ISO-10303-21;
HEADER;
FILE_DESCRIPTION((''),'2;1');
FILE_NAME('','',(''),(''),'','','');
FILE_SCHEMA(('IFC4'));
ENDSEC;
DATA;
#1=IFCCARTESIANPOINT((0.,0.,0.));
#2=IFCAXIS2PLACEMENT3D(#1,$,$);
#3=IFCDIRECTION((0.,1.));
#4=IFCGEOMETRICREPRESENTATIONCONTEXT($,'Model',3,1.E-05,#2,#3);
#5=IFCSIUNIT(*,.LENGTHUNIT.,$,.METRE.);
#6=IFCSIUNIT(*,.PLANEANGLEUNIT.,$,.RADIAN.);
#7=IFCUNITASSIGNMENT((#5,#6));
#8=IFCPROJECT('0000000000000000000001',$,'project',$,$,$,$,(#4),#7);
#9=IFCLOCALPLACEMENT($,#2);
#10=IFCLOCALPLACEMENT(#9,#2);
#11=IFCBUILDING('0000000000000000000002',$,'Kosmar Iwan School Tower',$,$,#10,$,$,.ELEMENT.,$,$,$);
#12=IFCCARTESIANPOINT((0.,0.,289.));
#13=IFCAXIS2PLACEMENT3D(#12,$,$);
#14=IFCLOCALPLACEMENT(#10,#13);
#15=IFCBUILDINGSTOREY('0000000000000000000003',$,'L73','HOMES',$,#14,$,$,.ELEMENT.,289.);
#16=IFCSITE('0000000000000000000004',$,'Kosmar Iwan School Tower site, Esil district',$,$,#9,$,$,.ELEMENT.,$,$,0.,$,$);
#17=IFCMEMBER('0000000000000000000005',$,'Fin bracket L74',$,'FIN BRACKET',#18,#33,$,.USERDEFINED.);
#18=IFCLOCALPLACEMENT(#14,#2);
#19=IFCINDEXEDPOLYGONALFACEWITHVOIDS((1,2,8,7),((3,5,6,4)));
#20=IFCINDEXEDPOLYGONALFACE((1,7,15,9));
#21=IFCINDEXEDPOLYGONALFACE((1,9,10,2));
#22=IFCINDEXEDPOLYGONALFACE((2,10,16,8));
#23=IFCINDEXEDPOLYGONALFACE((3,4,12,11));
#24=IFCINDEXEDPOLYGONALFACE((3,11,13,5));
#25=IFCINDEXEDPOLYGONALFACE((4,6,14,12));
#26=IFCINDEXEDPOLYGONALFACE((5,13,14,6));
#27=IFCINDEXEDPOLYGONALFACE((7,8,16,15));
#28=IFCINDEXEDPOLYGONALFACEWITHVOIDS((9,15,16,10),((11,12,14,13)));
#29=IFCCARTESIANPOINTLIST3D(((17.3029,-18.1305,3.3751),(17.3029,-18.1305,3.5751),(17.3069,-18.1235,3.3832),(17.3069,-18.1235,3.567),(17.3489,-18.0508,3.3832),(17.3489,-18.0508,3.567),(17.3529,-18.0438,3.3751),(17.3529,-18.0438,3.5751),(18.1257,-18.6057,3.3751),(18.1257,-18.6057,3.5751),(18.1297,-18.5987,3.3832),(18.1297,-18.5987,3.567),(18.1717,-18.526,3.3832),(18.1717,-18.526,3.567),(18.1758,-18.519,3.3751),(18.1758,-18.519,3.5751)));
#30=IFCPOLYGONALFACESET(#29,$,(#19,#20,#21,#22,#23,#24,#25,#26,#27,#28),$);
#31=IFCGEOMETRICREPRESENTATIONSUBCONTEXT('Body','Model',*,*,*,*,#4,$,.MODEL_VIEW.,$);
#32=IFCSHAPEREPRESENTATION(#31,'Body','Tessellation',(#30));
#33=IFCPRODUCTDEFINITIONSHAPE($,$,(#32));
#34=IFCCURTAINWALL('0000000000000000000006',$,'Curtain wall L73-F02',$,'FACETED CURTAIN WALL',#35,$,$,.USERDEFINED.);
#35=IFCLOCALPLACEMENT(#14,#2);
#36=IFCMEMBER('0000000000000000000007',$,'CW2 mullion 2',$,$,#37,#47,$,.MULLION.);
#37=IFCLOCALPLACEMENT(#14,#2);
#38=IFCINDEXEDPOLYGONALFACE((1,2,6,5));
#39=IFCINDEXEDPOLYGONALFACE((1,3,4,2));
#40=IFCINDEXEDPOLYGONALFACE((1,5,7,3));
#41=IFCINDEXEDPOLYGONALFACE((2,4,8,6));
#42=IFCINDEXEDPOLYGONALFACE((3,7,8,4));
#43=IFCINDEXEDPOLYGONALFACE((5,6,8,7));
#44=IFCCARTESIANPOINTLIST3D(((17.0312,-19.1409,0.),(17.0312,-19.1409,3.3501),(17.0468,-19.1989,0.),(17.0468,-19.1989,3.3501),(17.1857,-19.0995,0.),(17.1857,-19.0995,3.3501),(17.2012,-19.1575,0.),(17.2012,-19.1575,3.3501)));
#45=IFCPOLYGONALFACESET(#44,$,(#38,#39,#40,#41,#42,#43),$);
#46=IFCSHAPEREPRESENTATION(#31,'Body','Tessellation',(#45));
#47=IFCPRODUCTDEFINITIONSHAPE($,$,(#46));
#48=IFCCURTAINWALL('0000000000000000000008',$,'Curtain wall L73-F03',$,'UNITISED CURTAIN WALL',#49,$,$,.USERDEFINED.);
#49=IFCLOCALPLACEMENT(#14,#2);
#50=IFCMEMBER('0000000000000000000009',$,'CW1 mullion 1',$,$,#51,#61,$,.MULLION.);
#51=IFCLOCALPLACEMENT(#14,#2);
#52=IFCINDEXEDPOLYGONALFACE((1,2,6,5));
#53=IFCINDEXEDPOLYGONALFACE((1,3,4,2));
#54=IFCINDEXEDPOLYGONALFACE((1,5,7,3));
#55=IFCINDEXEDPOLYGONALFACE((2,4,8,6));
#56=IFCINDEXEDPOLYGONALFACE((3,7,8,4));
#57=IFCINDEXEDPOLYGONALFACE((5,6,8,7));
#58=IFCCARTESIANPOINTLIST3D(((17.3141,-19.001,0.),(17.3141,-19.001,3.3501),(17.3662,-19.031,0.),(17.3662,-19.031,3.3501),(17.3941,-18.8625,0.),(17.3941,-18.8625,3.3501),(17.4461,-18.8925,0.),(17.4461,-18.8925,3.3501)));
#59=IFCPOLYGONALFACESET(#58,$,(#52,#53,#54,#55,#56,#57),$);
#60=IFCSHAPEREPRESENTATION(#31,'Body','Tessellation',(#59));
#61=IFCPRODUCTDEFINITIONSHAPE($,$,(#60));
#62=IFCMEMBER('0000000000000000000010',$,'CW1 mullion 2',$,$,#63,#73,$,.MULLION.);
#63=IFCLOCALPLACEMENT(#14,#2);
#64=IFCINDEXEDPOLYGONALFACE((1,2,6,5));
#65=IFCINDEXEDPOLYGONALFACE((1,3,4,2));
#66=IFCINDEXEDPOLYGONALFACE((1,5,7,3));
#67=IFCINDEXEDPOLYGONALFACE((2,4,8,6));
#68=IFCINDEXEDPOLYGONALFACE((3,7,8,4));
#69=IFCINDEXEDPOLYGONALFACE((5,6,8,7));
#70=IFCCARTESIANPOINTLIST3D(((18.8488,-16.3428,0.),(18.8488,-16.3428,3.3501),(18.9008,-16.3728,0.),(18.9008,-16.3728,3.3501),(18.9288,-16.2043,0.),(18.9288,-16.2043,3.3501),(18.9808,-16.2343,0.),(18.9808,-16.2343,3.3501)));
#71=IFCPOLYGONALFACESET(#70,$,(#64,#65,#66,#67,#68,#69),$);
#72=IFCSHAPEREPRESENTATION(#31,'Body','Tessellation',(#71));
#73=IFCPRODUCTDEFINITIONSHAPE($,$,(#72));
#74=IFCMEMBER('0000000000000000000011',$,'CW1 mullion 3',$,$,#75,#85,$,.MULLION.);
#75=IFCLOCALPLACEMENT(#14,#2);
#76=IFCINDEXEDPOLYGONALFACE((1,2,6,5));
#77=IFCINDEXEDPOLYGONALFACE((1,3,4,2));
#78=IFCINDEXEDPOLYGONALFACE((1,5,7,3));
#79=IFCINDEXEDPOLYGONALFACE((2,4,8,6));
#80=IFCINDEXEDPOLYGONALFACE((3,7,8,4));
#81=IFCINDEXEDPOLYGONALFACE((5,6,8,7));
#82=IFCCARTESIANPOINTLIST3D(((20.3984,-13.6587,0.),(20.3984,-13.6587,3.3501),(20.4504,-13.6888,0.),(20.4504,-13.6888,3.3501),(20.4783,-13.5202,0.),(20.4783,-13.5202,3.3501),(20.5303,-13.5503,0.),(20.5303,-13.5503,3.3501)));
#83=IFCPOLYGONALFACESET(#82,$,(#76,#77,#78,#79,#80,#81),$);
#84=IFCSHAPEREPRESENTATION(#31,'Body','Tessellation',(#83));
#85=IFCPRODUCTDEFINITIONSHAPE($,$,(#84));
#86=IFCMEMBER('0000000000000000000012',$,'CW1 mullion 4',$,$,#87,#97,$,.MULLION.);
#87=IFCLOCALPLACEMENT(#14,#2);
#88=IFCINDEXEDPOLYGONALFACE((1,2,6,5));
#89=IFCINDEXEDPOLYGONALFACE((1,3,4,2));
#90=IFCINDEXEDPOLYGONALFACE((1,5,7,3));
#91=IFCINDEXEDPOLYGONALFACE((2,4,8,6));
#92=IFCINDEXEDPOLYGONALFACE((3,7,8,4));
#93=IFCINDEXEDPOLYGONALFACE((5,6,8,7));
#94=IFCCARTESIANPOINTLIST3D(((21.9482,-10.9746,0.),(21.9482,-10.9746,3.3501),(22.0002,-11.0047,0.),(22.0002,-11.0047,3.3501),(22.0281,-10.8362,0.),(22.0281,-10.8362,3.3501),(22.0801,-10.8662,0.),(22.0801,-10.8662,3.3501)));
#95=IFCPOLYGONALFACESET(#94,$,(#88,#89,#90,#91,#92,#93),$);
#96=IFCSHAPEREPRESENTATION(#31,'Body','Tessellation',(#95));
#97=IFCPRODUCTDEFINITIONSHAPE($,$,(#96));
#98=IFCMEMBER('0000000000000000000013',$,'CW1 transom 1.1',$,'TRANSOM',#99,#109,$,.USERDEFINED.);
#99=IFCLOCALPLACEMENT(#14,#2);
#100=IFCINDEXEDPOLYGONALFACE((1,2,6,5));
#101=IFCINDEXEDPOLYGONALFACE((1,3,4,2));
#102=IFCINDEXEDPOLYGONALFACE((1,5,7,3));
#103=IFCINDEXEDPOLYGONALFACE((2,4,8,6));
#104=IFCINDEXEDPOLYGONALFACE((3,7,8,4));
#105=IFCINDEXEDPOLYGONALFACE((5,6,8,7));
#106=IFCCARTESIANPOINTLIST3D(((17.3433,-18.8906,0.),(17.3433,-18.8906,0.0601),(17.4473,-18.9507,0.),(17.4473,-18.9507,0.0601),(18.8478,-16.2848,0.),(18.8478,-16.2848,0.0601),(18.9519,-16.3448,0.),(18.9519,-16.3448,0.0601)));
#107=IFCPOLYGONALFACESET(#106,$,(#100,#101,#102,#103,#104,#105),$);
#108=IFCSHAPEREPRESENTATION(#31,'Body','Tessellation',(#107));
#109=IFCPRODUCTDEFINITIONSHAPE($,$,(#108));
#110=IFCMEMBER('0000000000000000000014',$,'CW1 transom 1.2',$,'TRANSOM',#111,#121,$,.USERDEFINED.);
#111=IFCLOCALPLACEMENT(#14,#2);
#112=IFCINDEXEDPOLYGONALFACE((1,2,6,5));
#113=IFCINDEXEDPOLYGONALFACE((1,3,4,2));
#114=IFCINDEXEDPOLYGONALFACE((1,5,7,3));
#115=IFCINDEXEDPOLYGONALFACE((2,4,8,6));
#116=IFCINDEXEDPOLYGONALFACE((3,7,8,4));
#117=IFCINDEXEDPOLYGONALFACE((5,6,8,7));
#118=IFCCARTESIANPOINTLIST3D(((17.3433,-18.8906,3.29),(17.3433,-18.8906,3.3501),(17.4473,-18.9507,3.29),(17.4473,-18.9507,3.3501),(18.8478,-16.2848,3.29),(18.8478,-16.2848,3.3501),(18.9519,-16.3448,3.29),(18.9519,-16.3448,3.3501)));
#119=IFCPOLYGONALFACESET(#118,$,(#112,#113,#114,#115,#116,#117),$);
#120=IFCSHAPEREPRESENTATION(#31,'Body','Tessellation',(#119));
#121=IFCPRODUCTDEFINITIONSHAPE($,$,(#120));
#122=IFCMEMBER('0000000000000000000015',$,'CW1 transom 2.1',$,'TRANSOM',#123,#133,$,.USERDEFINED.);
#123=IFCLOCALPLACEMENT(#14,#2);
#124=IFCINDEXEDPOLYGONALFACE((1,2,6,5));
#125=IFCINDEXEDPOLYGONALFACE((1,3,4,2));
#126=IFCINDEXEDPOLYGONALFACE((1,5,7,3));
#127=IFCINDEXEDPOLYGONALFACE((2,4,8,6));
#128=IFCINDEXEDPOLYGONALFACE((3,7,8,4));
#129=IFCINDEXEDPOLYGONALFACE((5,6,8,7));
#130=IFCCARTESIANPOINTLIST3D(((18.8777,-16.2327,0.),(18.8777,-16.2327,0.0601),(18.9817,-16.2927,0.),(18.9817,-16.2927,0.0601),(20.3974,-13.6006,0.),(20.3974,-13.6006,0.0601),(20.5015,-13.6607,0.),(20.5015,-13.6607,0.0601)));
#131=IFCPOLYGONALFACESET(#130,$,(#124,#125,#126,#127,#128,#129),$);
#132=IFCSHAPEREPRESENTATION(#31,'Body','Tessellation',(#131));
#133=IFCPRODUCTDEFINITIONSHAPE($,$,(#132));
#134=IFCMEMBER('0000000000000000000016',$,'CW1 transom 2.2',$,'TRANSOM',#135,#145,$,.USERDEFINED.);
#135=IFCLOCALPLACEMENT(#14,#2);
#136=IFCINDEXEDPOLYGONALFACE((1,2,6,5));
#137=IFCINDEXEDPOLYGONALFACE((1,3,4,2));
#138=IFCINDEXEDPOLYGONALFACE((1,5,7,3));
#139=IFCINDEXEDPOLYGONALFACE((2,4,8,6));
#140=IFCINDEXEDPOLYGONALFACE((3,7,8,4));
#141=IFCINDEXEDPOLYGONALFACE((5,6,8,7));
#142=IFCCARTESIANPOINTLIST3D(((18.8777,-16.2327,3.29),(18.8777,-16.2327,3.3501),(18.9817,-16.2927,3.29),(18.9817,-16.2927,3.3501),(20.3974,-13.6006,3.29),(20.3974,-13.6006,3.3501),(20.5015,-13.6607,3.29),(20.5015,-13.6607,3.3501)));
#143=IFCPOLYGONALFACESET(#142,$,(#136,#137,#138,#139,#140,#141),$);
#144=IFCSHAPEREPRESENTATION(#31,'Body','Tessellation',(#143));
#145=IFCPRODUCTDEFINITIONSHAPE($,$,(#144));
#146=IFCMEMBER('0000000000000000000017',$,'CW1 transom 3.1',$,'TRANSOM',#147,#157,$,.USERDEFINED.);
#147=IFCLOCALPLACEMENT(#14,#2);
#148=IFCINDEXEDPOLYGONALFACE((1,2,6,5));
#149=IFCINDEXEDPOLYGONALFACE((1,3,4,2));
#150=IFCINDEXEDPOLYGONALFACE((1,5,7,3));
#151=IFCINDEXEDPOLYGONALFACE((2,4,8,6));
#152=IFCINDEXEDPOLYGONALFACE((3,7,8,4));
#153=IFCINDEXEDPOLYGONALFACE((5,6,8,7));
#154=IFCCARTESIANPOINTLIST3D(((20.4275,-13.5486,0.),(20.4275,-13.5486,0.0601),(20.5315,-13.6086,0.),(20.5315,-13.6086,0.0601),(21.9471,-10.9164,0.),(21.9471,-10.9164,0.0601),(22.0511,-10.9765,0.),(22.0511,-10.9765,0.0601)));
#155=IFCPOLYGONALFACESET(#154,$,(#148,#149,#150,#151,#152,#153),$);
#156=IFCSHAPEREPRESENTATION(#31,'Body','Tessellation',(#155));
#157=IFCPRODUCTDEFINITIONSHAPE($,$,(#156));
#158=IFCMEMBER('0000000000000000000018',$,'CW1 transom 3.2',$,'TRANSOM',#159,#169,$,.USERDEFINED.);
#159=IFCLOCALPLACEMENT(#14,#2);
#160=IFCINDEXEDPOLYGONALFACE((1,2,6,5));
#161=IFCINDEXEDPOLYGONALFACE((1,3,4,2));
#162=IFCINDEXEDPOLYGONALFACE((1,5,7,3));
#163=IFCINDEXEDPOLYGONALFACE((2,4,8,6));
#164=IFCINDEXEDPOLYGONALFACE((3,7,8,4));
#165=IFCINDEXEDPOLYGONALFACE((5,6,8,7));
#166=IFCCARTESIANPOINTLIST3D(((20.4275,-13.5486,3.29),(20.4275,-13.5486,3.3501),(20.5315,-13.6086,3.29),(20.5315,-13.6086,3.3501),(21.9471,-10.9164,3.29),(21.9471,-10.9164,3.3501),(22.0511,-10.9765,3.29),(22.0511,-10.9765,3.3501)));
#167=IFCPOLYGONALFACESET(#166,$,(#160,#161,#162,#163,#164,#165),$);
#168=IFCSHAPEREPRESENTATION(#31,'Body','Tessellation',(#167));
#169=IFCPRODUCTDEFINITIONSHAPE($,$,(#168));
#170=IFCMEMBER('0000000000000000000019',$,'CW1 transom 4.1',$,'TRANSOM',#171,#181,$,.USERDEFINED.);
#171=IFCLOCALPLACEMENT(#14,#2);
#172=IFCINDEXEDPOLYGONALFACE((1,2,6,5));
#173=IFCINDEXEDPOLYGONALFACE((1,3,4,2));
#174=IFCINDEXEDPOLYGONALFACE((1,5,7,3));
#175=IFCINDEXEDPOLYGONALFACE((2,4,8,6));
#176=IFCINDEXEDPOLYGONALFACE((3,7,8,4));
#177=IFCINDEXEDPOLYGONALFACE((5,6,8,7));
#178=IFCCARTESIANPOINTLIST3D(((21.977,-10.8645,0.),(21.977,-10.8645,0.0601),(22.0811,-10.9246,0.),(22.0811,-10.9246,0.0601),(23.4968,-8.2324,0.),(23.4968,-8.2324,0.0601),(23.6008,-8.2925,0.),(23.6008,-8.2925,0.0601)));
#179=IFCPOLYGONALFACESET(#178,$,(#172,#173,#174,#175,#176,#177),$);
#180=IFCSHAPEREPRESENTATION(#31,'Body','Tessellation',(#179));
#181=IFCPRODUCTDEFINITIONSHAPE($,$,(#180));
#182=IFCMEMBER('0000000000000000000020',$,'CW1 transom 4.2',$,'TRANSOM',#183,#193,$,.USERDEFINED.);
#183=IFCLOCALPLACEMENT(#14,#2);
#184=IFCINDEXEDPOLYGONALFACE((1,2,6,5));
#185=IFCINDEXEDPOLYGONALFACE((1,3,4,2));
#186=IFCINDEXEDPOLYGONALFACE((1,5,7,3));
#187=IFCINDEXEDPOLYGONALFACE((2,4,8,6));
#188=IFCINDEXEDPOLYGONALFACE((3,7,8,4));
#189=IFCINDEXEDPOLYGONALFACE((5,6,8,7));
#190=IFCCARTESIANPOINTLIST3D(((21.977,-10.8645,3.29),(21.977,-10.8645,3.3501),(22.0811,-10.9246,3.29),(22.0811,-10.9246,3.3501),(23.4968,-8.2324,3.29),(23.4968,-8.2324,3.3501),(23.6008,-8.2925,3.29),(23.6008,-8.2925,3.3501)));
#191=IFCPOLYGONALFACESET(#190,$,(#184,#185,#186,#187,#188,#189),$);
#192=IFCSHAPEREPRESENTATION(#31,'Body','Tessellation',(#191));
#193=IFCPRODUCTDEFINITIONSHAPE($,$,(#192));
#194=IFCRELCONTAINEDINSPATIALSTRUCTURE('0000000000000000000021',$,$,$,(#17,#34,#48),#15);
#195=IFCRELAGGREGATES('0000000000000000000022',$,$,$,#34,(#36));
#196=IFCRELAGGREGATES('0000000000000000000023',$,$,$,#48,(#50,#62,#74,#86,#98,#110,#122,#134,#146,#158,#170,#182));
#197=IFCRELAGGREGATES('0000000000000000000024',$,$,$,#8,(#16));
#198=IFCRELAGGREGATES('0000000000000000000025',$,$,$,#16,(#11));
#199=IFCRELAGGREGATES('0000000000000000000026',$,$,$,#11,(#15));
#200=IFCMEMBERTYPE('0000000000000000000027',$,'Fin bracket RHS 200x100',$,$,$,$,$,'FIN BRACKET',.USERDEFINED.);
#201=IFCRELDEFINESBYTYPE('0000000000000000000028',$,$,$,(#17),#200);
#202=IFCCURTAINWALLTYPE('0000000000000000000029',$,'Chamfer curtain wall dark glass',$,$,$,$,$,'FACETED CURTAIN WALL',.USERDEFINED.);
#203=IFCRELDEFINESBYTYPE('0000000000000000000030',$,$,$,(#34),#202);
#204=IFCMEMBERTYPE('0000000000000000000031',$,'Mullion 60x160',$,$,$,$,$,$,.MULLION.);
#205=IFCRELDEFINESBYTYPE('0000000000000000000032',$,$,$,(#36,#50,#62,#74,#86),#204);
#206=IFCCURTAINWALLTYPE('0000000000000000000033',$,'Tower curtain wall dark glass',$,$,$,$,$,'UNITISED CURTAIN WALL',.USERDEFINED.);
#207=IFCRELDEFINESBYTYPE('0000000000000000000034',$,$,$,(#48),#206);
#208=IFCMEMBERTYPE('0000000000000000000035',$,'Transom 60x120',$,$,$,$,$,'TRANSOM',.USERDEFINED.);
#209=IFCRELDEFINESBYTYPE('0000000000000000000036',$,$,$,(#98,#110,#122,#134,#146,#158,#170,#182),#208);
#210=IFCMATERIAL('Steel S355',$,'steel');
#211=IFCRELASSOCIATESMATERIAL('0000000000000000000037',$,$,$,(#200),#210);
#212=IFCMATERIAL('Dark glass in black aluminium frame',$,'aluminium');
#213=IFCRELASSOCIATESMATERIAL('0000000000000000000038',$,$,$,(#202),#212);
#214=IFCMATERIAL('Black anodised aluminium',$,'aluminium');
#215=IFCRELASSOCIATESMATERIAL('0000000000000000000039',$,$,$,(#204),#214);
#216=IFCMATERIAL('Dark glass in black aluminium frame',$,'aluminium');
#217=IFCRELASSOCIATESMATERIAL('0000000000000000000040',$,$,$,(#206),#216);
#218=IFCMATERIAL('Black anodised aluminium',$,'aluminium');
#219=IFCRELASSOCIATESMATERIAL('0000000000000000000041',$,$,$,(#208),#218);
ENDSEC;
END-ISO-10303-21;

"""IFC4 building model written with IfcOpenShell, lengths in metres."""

from ifc_helpers import new_model, si_unit, direction, frame, origin, origin_2d, place, context, subcontext, project, spatial, rectangle, hollow_rectangle, extrude, material, material_profile, profile_set, type_object, element, aggregate, save


model = new_model("IFC4")

# Units and contexts
model_context = context("Model", 3, precision=1e-05, world=origin(), true_north=direction((0.0, 1.0)))
body_context = subcontext(model_context, "Body", "Model", "MODEL_VIEW")
ifc_project = project(units=[si_unit("LENGTHUNIT", "METRE"), si_unit("PLANEANGLEUNIT", "RADIAN")], contexts=[model_context])

# Site, building, storey
site_placement = place(None, origin())
site = spatial("IfcSite", under=ifc_project, at=site_placement, Name="Kosmar Iwan School Tower site, Esil district", CompositionType="ELEMENT", RefElevation=0.0)
building_placement = place(site_placement, origin())
building = spatial("IfcBuilding", under=site, at=building_placement, Name="Kosmar Iwan School Tower", CompositionType="ELEMENT")
storey_placement = place(building_placement, frame((0.0, 0.0, 289.0)))
storey = spatial("IfcBuildingStorey", under=building, at=storey_placement, Name="L73", Description="HOMES", CompositionType="ELEMENT", Elevation=289.0)

# Member
ifc_material_1 = material(Name="Steel S355", Category="steel")
ifc_material_profile_1 = material_profile(ifc_material_1, hollow_rectangle(XDim=0.1001, YDim=0.2, WallThickness=0.0081, at=origin_2d()), Name="RHS 200x100x8")
ifc_profile_set_1 = profile_set([ifc_material_profile_1], Name="Steel S355")
member_type_1 = type_object("IfcMemberType", Name="Fin bracket RHS 200x100", ElementType="FIN BRACKET", PredefinedType="USERDEFINED", material=ifc_profile_set_1)
member_1_placement = place(storey_placement, frame((17.3279, -18.0872, 3.4751), z_axis=(0.865989, -0.500064, 0.0), x_axis=(0.500064, 0.865989, 0.0)))
element("IfcMember", 1, at=member_1_placement, inside=storey, type_object=member_type_1, Name="Fin bracket L74", ObjectType="FIN BRACKET", PredefinedType="USERDEFINED", context=body_context, shape_type="SweptSolid", body=[
    extrude(hollow_rectangle(XDim=0.1001, YDim=0.2, WallThickness=0.0081, at=origin_2d()), origin(), (0.0, 0.0, 1.0), 0.9502),
])

# Curtain wall, member
ifc_material_2 = material(Name="Dark glass in black aluminium frame", Category="aluminium")
curtain_wall_type_1 = type_object("IfcCurtainWallType", Name="Chamfer curtain wall dark glass", ElementType="FACETED CURTAIN WALL", PredefinedType="USERDEFINED", material=ifc_material_2)
curtain_wall_1_placement = place(storey_placement, origin())
curtain_wall_1 = element("IfcCurtainWall", 2, at=curtain_wall_1_placement, inside=storey, type_object=curtain_wall_type_1, Name="Curtain wall L73-F02", ObjectType="FACETED CURTAIN WALL", PredefinedType="USERDEFINED")
ifc_material_3 = material(Name="Black anodised aluminium", Category="aluminium")
ifc_material_profile_2 = material_profile(ifc_material_3, rectangle(XDim=0.0601, YDim=0.1599, at=origin_2d()), Name="MULLION 60x160")
ifc_profile_set_2 = profile_set([ifc_material_profile_2], Name="Black anodised aluminium")
member_type_2 = type_object("IfcMemberType", Name="Mullion 60x160", PredefinedType="MULLION", material=ifc_profile_set_2)
member_2_placement = place(storey_placement, frame((17.1162, -19.1492, 0.0), z_axis=(0.0, 0.0, 1.0), x_axis=(-0.258819, 0.965926, 0.0)))
member_2 = element("IfcMember", 3, at=member_2_placement, type_object=member_type_2, Name="CW2 mullion 2", PredefinedType="MULLION", context=body_context, shape_type="SweptSolid", body=[
    extrude(rectangle(XDim=0.0601, YDim=0.1599, at=origin_2d()), origin(), (0.0, 0.0, 1.0), 3.3501),
])
aggregate(curtain_wall_1, [member_2])

# Curtain wall, members
ifc_material_4 = material(Name="Dark glass in black aluminium frame", Category="aluminium")
curtain_wall_type_2 = type_object("IfcCurtainWallType", Name="Tower curtain wall dark glass", ElementType="UNITISED CURTAIN WALL", PredefinedType="USERDEFINED", material=ifc_material_4)
curtain_wall_2_placement = place(storey_placement, origin())
curtain_wall_2 = element("IfcCurtainWall", 4, at=curtain_wall_2_placement, inside=storey, type_object=curtain_wall_type_2, Name="Curtain wall L73-F03", ObjectType="UNITISED CURTAIN WALL", PredefinedType="USERDEFINED")
member_3_placement = place(storey_placement, frame((17.3801, -18.9468, 0.0), z_axis=(0.0, 0.0, 1.0), x_axis=(-0.866025, 0.5, 0.0)))
member_3 = element("IfcMember", 5, at=member_3_placement, type_object=member_type_2, Name="CW1 mullion 1", PredefinedType="MULLION", context=body_context, shape_type="SweptSolid", body=[
    extrude(rectangle(XDim=0.0601, YDim=0.1599, at=origin_2d()), origin(), (0.0, 0.0, 1.0), 3.3501),
])
member_4_placement = place(storey_placement, frame((18.9148, -16.2886, 0.0), z_axis=(0.0, 0.0, 1.0), x_axis=(-0.866025, 0.5, 0.0)))
member_4 = element("IfcMember", 6, at=member_4_placement, type_object=member_type_2, Name="CW1 mullion 2", PredefinedType="MULLION", context=body_context, shape_type="SweptSolid", body=[
    extrude(rectangle(XDim=0.0601, YDim=0.1599, at=origin_2d()), origin(), (0.0, 0.0, 1.0), 3.3501),
])
member_5_placement = place(storey_placement, frame((20.4644, -13.6045, 0.0), z_axis=(0.0, 0.0, 1.0), x_axis=(-0.866025, 0.5, 0.0)))
member_5 = element("IfcMember", 7, at=member_5_placement, type_object=member_type_2, Name="CW1 mullion 3", PredefinedType="MULLION", context=body_context, shape_type="SweptSolid", body=[
    extrude(rectangle(XDim=0.0601, YDim=0.1599, at=origin_2d()), origin(), (0.0, 0.0, 1.0), 3.3501),
])
member_6_placement = place(storey_placement, frame((22.0142, -10.9204, 0.0), z_axis=(0.0, 0.0, 1.0), x_axis=(-0.866025, 0.5, 0.0)))
member_6 = element("IfcMember", 8, at=member_6_placement, type_object=member_type_2, Name="CW1 mullion 4", PredefinedType="MULLION", context=body_context, shape_type="SweptSolid", body=[
    extrude(rectangle(XDim=0.0601, YDim=0.1599, at=origin_2d()), origin(), (0.0, 0.0, 1.0), 3.3501),
])
ifc_material_5 = material(Name="Black anodised aluminium", Category="aluminium")
ifc_material_profile_3 = material_profile(ifc_material_5, rectangle(XDim=0.1201, YDim=0.0601, at=origin_2d()), Name="TRANSOM 60x120")
ifc_profile_set_3 = profile_set([ifc_material_profile_3], Name="Black anodised aluminium")
member_type_3 = type_object("IfcMemberType", Name="Transom 60x120", ElementType="TRANSOM", PredefinedType="USERDEFINED", material=ifc_profile_set_3)
member_7_placement = place(storey_placement, frame((17.3953, -18.9207, 0.03), z_axis=(0.500022, 0.866013, 0.0), x_axis=(-0.866013, 0.500022, 0.0)))
member_7 = element("IfcMember", 9, at=member_7_placement, type_object=member_type_3, Name="CW1 transom 1.1", ObjectType="TRANSOM", PredefinedType="USERDEFINED", context=body_context, shape_type="SweptSolid", body=[
    extrude(rectangle(XDim=0.1201, YDim=0.0601, at=origin_2d()), origin(), (0.0, 0.0, 1.0), 3.009),
])
member_8_placement = place(storey_placement, frame((17.3953, -18.9207, 3.3201), z_axis=(0.500022, 0.866013, 0.0), x_axis=(-0.866013, 0.500022, 0.0)))
member_8 = element("IfcMember", 10, at=member_8_placement, type_object=member_type_3, Name="CW1 transom 1.2", ObjectType="TRANSOM", PredefinedType="USERDEFINED", context=body_context, shape_type="SweptSolid", body=[
    extrude(rectangle(XDim=0.1201, YDim=0.0601, at=origin_2d()), origin(), (0.0, 0.0, 1.0), 3.009),
])
member_9_placement = place(storey_placement, frame((18.9297, -16.2627, 0.03), z_axis=(0.500035, 0.866005, 0.0), x_axis=(-0.866005, 0.500035, 0.0)))
member_9 = element("IfcMember", 11, at=member_9_placement, type_object=member_type_3, Name="CW1 transom 2.1", ObjectType="TRANSOM", PredefinedType="USERDEFINED", context=body_context, shape_type="SweptSolid", body=[
    extrude(rectangle(XDim=0.1201, YDim=0.0601, at=origin_2d()), origin(), (0.0, 0.0, 1.0), 3.0393),
])
member_10_placement = place(storey_placement, frame((18.9297, -16.2627, 3.3201), z_axis=(0.500035, 0.866005, 0.0), x_axis=(-0.866005, 0.500035, 0.0)))
member_10 = element("IfcMember", 12, at=member_10_placement, type_object=member_type_3, Name="CW1 transom 2.2", ObjectType="TRANSOM", PredefinedType="USERDEFINED", context=body_context, shape_type="SweptSolid", body=[
    extrude(rectangle(XDim=0.1201, YDim=0.0601, at=origin_2d()), origin(), (0.0, 0.0, 1.0), 3.0393),
])
member_11_placement = place(storey_placement, frame((20.4795, -13.5786, 0.03), z_axis=(0.499975, 0.86604, 0.0), x_axis=(-0.86604, 0.499975, 0.0)))
member_11 = element("IfcMember", 13, at=member_11_placement, type_object=member_type_3, Name="CW1 transom 3.1", ObjectType="TRANSOM", PredefinedType="USERDEFINED", context=body_context, shape_type="SweptSolid", body=[
    extrude(rectangle(XDim=0.1201, YDim=0.0601, at=origin_2d()), origin(), (0.0, 0.0, 1.0), 3.0393),
])
member_12_placement = place(storey_placement, frame((20.4795, -13.5786, 3.3201), z_axis=(0.499975, 0.86604, 0.0), x_axis=(-0.86604, 0.499975, 0.0)))
member_12 = element("IfcMember", 14, at=member_12_placement, type_object=member_type_3, Name="CW1 transom 3.2", ObjectType="TRANSOM", PredefinedType="USERDEFINED", context=body_context, shape_type="SweptSolid", body=[
    extrude(rectangle(XDim=0.1201, YDim=0.0601, at=origin_2d()), origin(), (0.0, 0.0, 1.0), 3.0393),
])
member_13_placement = place(storey_placement, frame((22.0291, -10.8945, 0.03), z_axis=(0.500035, 0.866005, 0.0), x_axis=(-0.866005, 0.500035, 0.0)))
member_13 = element("IfcMember", 15, at=member_13_placement, type_object=member_type_3, Name="CW1 transom 4.1", ObjectType="TRANSOM", PredefinedType="USERDEFINED", context=body_context, shape_type="SweptSolid", body=[
    extrude(rectangle(XDim=0.1201, YDim=0.0601, at=origin_2d()), origin(), (0.0, 0.0, 1.0), 3.0393),
])
member_14_placement = place(storey_placement, frame((22.0291, -10.8945, 3.3201), z_axis=(0.500035, 0.866005, 0.0), x_axis=(-0.866005, 0.500035, 0.0)))
member_14 = element("IfcMember", 16, at=member_14_placement, type_object=member_type_3, Name="CW1 transom 4.2", ObjectType="TRANSOM", PredefinedType="USERDEFINED", context=body_context, shape_type="SweptSolid", body=[
    extrude(rectangle(XDim=0.1201, YDim=0.0601, at=origin_2d()), origin(), (0.0, 0.0, 1.0), 3.0393),
])
aggregate(curtain_wall_2, [member_3, member_4, member_5, member_6, member_7, member_8, member_9, member_10, member_11, member_12, member_13, member_14])

save(model, "model.ifc")
